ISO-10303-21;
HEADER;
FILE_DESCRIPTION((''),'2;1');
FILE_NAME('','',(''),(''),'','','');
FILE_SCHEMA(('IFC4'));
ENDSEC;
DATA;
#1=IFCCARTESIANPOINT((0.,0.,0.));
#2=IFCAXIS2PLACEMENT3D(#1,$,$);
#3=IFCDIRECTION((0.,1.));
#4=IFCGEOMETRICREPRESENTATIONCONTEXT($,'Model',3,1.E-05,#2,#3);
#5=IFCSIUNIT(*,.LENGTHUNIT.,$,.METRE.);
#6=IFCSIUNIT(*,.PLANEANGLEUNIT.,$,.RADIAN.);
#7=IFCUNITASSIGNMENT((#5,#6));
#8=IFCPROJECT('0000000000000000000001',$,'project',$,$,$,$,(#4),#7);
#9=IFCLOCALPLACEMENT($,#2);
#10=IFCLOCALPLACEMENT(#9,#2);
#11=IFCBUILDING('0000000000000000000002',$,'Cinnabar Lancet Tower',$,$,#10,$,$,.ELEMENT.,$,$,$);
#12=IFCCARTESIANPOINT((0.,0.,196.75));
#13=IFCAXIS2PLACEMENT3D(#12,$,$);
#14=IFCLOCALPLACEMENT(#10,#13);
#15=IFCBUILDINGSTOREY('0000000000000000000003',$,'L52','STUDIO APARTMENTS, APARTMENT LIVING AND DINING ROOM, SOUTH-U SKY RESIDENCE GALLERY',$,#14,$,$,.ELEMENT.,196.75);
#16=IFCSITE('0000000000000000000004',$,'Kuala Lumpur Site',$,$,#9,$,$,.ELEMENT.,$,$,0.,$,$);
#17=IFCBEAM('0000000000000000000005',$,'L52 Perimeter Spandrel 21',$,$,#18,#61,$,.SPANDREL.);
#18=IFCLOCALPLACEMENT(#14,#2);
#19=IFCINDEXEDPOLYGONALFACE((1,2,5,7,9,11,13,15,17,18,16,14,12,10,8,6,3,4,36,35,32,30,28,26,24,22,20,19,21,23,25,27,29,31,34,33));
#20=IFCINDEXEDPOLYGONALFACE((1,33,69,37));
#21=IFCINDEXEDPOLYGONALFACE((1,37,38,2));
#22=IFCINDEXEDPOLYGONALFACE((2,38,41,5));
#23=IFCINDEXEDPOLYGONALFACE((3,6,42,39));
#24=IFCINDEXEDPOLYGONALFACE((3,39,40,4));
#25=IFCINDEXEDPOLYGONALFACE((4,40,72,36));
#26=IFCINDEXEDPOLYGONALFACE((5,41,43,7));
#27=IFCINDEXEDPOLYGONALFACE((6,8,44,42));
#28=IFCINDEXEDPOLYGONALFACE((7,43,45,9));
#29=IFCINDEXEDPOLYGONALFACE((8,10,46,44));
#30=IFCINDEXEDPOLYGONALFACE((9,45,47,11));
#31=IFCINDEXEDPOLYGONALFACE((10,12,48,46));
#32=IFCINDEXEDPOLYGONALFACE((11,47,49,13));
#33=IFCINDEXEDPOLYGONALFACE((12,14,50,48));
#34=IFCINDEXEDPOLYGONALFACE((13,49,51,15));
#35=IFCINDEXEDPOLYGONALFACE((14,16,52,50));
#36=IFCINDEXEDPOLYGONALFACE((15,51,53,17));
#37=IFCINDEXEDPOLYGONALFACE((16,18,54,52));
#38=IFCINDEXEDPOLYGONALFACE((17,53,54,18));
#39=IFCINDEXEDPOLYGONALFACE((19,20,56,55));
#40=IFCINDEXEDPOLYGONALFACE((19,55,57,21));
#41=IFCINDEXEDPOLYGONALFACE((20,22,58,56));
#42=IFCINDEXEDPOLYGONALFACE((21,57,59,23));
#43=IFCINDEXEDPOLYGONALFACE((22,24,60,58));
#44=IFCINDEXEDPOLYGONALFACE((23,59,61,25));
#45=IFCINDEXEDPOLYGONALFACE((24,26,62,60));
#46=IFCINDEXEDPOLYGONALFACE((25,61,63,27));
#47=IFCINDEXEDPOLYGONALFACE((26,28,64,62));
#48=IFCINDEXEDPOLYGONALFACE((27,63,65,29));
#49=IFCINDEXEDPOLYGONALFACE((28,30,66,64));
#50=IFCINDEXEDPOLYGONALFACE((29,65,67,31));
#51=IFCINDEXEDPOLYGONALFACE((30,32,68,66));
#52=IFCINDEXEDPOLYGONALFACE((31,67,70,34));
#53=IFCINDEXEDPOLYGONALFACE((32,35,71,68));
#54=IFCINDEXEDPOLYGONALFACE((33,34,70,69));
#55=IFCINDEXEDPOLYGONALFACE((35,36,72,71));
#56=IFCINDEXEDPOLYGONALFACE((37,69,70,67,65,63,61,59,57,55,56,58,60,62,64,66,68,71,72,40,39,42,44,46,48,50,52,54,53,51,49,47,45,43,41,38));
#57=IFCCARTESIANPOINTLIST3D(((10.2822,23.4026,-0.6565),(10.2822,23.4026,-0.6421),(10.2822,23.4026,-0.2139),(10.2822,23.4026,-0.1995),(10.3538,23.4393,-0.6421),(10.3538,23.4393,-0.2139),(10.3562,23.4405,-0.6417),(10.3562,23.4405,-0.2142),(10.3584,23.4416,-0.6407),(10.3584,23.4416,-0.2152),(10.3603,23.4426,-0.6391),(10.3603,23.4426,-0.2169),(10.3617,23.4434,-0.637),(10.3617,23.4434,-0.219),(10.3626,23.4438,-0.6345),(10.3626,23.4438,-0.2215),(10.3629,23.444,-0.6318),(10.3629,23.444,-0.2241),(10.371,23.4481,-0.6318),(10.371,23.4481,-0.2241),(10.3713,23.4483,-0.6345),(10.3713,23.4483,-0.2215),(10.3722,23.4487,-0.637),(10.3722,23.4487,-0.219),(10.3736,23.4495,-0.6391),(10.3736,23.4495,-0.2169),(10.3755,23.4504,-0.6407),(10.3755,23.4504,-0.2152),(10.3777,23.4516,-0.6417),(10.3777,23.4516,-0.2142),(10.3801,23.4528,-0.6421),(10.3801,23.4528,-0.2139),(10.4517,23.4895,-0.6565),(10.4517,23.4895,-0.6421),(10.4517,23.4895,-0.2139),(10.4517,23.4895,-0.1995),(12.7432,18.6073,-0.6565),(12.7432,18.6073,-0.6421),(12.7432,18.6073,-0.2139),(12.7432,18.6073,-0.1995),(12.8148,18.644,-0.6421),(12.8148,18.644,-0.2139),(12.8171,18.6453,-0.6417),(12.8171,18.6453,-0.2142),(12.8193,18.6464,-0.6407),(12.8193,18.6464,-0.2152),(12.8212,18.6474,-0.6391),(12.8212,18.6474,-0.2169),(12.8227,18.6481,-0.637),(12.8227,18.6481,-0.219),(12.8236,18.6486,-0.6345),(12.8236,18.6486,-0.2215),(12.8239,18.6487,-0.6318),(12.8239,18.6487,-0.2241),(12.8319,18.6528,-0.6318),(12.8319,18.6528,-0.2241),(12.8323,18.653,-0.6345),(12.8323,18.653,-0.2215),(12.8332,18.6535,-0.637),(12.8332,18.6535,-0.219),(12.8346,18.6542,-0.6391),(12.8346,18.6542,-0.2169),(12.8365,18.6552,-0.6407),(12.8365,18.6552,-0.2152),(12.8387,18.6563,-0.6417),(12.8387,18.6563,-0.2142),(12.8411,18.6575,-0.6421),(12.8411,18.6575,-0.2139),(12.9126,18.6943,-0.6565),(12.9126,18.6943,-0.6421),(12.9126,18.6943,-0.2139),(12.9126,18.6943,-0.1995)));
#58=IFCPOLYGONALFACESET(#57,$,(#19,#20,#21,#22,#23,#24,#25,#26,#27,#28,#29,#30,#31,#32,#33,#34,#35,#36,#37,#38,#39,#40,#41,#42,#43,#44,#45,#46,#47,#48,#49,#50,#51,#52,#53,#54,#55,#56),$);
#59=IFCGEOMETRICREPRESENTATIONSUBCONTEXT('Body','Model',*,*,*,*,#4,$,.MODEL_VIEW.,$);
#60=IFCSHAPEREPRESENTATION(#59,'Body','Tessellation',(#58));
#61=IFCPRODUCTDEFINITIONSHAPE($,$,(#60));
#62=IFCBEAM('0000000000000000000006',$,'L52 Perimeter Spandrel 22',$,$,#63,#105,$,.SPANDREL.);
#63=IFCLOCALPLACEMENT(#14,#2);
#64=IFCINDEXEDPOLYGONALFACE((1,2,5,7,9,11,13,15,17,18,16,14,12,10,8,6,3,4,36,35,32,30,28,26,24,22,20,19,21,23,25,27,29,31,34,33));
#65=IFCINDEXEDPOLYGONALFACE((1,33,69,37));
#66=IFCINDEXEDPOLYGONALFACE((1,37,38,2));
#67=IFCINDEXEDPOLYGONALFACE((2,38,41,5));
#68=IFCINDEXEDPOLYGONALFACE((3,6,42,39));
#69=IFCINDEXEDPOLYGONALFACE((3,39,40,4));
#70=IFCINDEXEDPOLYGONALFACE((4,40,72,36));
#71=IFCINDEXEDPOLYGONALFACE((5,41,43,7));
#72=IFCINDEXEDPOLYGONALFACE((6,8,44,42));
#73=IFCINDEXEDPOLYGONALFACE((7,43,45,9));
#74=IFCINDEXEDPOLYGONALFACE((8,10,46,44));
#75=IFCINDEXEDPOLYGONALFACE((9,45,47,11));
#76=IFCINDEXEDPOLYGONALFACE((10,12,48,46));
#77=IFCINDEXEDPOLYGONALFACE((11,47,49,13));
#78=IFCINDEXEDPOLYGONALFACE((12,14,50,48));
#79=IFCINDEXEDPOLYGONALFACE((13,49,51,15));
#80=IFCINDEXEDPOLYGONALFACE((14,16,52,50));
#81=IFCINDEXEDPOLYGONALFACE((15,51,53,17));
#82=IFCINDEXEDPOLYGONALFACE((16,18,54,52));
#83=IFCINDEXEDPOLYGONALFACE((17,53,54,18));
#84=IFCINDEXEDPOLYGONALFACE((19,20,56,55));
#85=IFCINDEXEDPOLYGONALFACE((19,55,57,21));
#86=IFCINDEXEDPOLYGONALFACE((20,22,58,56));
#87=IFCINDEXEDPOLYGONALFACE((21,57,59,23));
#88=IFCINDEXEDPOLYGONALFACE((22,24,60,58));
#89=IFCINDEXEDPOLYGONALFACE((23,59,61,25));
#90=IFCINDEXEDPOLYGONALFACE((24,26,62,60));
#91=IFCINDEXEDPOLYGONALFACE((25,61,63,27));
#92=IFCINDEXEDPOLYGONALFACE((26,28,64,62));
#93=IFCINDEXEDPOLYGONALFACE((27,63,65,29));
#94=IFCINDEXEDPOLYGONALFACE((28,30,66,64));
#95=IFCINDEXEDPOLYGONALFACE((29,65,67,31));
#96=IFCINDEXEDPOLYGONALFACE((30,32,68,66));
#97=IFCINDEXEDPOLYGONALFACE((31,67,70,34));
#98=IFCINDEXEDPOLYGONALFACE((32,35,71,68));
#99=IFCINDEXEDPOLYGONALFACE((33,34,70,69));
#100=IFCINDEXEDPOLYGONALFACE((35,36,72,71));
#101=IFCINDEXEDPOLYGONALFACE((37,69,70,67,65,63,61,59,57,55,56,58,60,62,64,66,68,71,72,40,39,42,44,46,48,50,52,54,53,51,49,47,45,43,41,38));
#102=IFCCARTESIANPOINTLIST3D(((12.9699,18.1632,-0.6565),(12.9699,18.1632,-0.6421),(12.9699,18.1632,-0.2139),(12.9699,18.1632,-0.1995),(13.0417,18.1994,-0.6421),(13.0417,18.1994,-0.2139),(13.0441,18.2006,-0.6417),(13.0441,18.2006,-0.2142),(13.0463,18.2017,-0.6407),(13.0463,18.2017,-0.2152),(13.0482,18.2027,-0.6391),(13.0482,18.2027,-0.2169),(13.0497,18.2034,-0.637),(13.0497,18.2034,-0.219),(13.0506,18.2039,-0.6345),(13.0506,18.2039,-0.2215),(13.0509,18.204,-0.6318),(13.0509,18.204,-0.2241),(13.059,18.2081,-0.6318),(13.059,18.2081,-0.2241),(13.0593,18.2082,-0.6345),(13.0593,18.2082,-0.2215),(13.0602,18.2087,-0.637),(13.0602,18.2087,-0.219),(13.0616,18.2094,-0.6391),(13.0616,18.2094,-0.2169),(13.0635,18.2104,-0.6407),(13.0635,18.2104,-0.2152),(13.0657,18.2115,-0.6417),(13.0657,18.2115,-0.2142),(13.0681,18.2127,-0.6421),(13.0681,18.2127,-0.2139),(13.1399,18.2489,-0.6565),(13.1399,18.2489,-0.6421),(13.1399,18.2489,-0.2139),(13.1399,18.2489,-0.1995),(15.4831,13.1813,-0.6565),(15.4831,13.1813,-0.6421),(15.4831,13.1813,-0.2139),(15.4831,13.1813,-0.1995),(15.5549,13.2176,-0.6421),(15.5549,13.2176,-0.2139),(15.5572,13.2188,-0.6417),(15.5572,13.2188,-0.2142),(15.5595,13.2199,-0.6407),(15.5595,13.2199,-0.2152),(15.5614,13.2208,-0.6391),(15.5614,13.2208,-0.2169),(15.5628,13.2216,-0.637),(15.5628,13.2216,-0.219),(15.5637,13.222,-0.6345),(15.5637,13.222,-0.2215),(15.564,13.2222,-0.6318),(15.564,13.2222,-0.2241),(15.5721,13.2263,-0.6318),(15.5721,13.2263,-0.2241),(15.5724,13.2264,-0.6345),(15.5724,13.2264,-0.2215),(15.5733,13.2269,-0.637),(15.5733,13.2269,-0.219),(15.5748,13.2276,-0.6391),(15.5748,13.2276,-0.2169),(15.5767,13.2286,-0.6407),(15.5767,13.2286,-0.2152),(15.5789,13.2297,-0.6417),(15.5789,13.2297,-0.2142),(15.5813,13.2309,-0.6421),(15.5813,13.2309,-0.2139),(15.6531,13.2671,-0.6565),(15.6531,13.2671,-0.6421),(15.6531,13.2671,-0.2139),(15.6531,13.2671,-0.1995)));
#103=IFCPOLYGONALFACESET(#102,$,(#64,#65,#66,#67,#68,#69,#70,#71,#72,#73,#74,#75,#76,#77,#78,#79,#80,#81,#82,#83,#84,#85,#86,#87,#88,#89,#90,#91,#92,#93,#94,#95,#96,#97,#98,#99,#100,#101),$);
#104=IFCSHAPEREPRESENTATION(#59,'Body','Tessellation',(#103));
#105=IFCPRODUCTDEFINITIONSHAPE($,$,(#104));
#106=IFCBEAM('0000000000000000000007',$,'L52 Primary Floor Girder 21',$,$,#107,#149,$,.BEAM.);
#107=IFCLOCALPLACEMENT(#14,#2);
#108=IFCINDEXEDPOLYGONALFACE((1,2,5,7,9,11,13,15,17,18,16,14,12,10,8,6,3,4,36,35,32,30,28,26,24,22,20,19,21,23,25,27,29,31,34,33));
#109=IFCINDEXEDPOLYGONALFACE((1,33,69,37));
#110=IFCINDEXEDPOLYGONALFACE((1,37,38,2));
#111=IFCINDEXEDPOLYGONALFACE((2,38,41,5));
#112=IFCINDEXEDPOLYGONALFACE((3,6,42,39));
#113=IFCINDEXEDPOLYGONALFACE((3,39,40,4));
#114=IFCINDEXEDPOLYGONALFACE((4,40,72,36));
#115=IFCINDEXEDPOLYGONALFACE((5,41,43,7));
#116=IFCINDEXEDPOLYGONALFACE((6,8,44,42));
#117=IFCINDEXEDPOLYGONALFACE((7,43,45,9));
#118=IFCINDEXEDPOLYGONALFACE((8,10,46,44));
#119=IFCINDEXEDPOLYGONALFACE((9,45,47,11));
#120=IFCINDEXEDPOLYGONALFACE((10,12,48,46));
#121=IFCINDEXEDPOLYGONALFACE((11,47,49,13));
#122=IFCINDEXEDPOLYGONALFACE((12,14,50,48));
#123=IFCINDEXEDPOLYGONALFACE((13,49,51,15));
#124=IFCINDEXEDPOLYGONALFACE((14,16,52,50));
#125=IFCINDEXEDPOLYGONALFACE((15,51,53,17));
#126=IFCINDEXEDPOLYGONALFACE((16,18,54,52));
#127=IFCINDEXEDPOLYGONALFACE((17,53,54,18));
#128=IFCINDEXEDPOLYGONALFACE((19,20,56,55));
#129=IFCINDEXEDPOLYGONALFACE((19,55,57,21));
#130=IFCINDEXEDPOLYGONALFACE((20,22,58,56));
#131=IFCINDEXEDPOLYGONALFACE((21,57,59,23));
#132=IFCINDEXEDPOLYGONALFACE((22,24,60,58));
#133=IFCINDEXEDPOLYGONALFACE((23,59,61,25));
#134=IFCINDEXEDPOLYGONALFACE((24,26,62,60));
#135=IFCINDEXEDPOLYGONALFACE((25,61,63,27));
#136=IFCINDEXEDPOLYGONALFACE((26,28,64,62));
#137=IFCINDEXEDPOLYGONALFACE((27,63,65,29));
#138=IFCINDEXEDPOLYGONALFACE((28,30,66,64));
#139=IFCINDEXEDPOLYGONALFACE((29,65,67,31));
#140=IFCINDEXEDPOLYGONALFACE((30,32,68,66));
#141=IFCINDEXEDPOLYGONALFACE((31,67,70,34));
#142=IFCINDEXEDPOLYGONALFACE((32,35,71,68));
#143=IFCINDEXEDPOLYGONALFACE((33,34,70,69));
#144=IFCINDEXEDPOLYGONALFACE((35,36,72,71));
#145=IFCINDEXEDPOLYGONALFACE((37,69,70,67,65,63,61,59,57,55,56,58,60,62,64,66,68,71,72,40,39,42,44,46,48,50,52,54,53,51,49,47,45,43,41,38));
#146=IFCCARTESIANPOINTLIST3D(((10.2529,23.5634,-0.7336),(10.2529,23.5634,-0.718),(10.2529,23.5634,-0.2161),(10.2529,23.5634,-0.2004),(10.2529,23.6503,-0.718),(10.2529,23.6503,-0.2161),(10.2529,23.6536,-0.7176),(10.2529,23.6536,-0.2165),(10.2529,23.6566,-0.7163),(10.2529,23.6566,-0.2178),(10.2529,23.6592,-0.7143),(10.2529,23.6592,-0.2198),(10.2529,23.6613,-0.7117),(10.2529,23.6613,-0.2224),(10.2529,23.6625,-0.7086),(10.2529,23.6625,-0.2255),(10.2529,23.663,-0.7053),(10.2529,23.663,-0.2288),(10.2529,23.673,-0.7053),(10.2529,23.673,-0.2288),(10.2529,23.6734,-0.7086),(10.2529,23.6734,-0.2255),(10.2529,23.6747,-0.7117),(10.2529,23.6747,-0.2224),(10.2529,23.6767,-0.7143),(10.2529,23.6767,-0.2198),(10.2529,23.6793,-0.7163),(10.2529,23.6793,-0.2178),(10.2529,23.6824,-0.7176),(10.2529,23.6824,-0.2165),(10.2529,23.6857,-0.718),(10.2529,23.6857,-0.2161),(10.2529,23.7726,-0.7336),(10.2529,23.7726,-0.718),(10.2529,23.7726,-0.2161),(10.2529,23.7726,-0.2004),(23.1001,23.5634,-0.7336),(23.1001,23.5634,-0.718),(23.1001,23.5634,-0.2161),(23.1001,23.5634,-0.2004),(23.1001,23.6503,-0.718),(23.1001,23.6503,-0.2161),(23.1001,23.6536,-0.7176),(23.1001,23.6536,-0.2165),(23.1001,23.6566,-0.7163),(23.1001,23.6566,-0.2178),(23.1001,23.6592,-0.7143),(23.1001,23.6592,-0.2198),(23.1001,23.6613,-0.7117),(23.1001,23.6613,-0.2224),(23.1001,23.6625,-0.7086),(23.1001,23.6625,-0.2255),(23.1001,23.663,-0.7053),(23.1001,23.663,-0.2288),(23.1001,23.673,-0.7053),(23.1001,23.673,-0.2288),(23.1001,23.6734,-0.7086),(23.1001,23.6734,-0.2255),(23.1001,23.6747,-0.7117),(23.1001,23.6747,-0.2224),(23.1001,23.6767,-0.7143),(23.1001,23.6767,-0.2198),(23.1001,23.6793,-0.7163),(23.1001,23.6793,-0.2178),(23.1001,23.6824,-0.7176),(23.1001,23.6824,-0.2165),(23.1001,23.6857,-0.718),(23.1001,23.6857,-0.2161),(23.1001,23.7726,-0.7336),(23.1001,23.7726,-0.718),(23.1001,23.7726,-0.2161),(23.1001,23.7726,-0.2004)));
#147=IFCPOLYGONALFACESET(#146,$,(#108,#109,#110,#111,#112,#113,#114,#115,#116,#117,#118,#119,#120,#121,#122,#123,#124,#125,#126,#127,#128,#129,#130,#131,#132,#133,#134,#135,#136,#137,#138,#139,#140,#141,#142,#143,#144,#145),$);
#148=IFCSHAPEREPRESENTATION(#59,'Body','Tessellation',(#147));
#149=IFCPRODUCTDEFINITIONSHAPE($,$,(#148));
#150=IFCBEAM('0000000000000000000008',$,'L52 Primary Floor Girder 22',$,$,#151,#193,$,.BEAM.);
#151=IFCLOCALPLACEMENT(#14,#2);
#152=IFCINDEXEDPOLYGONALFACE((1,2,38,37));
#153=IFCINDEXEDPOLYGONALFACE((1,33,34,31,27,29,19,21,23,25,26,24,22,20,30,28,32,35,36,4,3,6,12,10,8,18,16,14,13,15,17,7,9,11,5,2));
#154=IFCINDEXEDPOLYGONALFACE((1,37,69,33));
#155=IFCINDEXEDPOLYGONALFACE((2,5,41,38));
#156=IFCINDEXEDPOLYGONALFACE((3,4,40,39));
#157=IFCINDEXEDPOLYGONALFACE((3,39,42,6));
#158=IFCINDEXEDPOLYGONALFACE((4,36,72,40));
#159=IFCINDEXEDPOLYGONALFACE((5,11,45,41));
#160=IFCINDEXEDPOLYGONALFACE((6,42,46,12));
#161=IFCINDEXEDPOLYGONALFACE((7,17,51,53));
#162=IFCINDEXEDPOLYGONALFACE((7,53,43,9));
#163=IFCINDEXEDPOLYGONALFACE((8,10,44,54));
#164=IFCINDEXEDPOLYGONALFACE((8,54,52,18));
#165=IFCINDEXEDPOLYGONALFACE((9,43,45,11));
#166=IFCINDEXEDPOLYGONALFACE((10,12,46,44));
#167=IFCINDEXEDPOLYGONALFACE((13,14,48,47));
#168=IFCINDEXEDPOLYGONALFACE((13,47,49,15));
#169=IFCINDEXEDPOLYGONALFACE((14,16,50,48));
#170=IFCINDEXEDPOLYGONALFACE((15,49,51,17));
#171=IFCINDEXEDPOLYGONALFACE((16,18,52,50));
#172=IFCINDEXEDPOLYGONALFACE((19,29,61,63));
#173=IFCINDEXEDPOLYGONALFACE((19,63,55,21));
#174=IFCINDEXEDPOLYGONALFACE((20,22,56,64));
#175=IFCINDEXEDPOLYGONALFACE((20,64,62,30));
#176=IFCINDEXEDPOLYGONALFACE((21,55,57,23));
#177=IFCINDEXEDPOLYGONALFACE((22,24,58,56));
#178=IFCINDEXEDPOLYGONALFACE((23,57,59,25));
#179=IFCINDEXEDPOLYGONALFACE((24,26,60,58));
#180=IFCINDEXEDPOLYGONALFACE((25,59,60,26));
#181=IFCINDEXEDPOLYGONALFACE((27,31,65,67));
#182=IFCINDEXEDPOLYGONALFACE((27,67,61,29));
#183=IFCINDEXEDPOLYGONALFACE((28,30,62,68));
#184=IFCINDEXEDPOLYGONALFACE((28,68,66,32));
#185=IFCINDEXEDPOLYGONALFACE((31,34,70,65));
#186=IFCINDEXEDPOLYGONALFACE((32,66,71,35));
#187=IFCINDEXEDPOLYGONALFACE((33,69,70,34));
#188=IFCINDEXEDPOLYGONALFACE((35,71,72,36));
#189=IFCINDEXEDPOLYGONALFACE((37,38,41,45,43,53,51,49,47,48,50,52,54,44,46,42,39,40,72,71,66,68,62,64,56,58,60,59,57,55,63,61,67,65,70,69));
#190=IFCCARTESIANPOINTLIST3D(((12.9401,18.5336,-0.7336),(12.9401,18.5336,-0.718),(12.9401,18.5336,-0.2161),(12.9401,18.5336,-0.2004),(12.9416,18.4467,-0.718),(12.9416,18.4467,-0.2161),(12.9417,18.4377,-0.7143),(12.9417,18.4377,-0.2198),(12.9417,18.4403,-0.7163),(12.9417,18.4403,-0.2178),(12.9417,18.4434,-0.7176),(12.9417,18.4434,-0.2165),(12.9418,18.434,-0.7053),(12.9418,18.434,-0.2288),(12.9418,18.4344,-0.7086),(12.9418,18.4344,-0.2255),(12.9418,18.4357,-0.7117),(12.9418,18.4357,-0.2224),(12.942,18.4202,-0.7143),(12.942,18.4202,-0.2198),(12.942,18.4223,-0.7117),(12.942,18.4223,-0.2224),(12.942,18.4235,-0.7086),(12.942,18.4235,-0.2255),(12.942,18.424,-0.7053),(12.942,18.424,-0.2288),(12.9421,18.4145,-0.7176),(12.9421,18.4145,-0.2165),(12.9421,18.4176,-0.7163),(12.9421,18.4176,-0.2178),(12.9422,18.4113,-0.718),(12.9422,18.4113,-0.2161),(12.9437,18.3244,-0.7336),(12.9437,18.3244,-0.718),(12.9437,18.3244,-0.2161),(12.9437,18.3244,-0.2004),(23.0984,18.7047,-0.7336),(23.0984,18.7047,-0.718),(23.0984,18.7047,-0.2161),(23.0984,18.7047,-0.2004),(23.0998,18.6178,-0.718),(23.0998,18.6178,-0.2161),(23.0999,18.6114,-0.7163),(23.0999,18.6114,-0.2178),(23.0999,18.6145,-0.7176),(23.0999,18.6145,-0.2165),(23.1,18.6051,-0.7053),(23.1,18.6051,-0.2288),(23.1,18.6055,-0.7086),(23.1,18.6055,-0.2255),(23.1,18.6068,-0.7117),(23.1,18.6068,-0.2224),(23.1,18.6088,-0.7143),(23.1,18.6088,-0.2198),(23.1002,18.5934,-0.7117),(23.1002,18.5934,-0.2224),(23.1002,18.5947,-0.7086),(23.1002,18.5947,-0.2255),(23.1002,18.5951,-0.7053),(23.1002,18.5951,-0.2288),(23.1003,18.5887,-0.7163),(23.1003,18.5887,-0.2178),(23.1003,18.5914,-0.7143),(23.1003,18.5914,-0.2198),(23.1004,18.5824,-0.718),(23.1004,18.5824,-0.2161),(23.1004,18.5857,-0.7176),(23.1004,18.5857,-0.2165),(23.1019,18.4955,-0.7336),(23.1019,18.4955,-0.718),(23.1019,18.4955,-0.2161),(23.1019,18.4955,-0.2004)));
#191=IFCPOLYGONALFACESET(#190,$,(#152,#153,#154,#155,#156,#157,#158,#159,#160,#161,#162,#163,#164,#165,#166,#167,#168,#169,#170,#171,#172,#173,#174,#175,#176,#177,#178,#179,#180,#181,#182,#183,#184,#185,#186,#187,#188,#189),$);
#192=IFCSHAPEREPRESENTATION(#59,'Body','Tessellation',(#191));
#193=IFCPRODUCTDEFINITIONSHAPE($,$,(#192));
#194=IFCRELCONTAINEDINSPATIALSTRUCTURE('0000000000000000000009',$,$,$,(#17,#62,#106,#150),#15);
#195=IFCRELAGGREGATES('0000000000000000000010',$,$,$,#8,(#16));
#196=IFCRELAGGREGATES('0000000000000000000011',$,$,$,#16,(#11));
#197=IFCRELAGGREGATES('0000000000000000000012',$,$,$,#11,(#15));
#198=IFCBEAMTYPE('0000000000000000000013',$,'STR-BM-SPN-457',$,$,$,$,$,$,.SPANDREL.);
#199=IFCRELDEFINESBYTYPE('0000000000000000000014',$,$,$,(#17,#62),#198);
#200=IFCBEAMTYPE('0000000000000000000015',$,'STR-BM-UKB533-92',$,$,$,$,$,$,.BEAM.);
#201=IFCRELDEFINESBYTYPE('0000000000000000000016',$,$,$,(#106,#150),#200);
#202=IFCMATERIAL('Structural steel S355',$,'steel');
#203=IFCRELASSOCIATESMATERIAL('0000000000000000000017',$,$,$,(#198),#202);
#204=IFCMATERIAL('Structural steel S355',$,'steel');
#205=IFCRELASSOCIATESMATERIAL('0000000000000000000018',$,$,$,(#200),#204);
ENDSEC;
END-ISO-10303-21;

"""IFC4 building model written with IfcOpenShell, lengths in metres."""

from ifc_helpers import new_model, si_unit, direction, frame, origin, origin_2d, place, context, subcontext, project, spatial, i_section, extrude, material, material_profile, profile_set, type_object, element, save


model = new_model("IFC4")

# Units and contexts
model_context = context("Model", 3, precision=1e-05, world=origin(), true_north=direction((0.0, 1.0)))
body_context = subcontext(model_context, "Body", "Model", "MODEL_VIEW")
ifc_project = project(units=[si_unit("LENGTHUNIT", "METRE"), si_unit("PLANEANGLEUNIT", "RADIAN")], contexts=[model_context])

# Site, building, storey
site_placement = place(None, origin())
site = spatial("IfcSite", under=ifc_project, at=site_placement, Name="Kuala Lumpur Site", CompositionType="ELEMENT", RefElevation=0.0)
building_placement = place(site_placement, origin())
building = spatial("IfcBuilding", under=site, at=building_placement, Name="Cinnabar Lancet Tower", CompositionType="ELEMENT")
storey_placement = place(building_placement, frame((0.0, 0.0, 196.75)))
storey = spatial("IfcBuildingStorey", under=building, at=storey_placement, Name="L52", Description="STUDIO APARTMENTS, APARTMENT LIVING AND DINING ROOM, SOUTH-U SKY RESIDENCE GALLERY", CompositionType="ELEMENT", Elevation=196.75)

# Beams
ifc_material_1 = material(Name="Structural steel S355", Category="steel")
ifc_material_profile_1 = material_profile(ifc_material_1, i_section(OverallWidth=0.1904, OverallDepth=0.457, WebThickness=0.009, FlangeThickness=0.0144, FilletRadius=0.0103, at=origin_2d()), Name="UKB 457x191x74")
ifc_profile_set_1 = profile_set([ifc_material_profile_1], Name="Structural steel S355")
beam_type_1 = type_object("IfcBeamType", Name="STR-BM-SPN-457", PredefinedType="SPANDREL", material=ifc_profile_set_1)
beam_1_placement = place(storey_placement, frame((10.3669, 23.446, -0.428), z_axis=(0.456593, -0.889676, 0.0), x_axis=(0.889676, 0.456593, 0.0)))
element("IfcBeam", 1, at=beam_1_placement, inside=storey, type_object=beam_type_1, Name="L52 Perimeter Spandrel 21", PredefinedType="SPANDREL", context=body_context, shape_type="SweptSolid", body=[
    extrude(i_section(OverallWidth=0.1904, OverallDepth=0.457, WebThickness=0.009, FlangeThickness=0.0144, FilletRadius=0.0103, at=origin_2d()), origin(), (0.0, 0.0, 1.0), 5.3899),
])
beam_2_placement = place(storey_placement, frame((13.0549, 18.2061, -0.428), z_axis=(0.450396, -0.892829, 0.0), x_axis=(0.892829, 0.450396, 0.0)))
element("IfcBeam", 2, at=beam_2_placement, inside=storey, type_object=beam_type_1, Name="L52 Perimeter Spandrel 22", PredefinedType="SPANDREL", context=body_context, shape_type="SweptSolid", body=[
    extrude(i_section(OverallWidth=0.1904, OverallDepth=0.457, WebThickness=0.009, FlangeThickness=0.0144, FilletRadius=0.0103, at=origin_2d()), origin(), (0.0, 0.0, 1.0), 5.5798),
])
ifc_material_2 = material(Name="Structural steel S355", Category="steel")
ifc_material_profile_2 = material_profile(ifc_material_2, i_section(OverallWidth=0.2092, OverallDepth=0.5332, WebThickness=0.01, FlangeThickness=0.0156, FilletRadius=0.0127, at=origin_2d()), Name="UKB 533x210x92")
ifc_profile_set_2 = profile_set([ifc_material_profile_2], Name="Structural steel S355")
beam_type_2 = type_object("IfcBeamType", Name="STR-BM-UKB533-92", PredefinedType="BEAM", material=ifc_profile_set_2)
beam_3_placement = place(storey_placement, frame((10.2529, 23.668, -0.467), z_axis=(1.0, 0.0, 0.0), x_axis=(0.0, 1.0, 0.0)))
element("IfcBeam", 3, at=beam_3_placement, inside=storey, type_object=beam_type_2, Name="L52 Primary Floor Girder 21", PredefinedType="BEAM", context=body_context, shape_type="SweptSolid", body=[
    extrude(i_section(OverallWidth=0.2092, OverallDepth=0.5332, WebThickness=0.01, FlangeThickness=0.0156, FilletRadius=0.0127, at=origin_2d()), origin(), (0.0, 0.0, 1.0), 12.8472),
])
beam_4_placement = place(storey_placement, frame((12.9419, 18.429, -0.467), z_axis=(0.999858, 0.016845, 0.0), x_axis=(-0.016845, 0.999858, 0.0)))
element("IfcBeam", 4, at=beam_4_placement, inside=storey, type_object=beam_type_2, Name="L52 Primary Floor Girder 22", PredefinedType="BEAM", context=body_context, shape_type="SweptSolid", body=[
    extrude(i_section(OverallWidth=0.2092, OverallDepth=0.5332, WebThickness=0.01, FlangeThickness=0.0156, FilletRadius=0.0127, at=origin_2d()), origin(), (0.0, 0.0, 1.0), 10.1597),
])

save(model, "model.ifc")
